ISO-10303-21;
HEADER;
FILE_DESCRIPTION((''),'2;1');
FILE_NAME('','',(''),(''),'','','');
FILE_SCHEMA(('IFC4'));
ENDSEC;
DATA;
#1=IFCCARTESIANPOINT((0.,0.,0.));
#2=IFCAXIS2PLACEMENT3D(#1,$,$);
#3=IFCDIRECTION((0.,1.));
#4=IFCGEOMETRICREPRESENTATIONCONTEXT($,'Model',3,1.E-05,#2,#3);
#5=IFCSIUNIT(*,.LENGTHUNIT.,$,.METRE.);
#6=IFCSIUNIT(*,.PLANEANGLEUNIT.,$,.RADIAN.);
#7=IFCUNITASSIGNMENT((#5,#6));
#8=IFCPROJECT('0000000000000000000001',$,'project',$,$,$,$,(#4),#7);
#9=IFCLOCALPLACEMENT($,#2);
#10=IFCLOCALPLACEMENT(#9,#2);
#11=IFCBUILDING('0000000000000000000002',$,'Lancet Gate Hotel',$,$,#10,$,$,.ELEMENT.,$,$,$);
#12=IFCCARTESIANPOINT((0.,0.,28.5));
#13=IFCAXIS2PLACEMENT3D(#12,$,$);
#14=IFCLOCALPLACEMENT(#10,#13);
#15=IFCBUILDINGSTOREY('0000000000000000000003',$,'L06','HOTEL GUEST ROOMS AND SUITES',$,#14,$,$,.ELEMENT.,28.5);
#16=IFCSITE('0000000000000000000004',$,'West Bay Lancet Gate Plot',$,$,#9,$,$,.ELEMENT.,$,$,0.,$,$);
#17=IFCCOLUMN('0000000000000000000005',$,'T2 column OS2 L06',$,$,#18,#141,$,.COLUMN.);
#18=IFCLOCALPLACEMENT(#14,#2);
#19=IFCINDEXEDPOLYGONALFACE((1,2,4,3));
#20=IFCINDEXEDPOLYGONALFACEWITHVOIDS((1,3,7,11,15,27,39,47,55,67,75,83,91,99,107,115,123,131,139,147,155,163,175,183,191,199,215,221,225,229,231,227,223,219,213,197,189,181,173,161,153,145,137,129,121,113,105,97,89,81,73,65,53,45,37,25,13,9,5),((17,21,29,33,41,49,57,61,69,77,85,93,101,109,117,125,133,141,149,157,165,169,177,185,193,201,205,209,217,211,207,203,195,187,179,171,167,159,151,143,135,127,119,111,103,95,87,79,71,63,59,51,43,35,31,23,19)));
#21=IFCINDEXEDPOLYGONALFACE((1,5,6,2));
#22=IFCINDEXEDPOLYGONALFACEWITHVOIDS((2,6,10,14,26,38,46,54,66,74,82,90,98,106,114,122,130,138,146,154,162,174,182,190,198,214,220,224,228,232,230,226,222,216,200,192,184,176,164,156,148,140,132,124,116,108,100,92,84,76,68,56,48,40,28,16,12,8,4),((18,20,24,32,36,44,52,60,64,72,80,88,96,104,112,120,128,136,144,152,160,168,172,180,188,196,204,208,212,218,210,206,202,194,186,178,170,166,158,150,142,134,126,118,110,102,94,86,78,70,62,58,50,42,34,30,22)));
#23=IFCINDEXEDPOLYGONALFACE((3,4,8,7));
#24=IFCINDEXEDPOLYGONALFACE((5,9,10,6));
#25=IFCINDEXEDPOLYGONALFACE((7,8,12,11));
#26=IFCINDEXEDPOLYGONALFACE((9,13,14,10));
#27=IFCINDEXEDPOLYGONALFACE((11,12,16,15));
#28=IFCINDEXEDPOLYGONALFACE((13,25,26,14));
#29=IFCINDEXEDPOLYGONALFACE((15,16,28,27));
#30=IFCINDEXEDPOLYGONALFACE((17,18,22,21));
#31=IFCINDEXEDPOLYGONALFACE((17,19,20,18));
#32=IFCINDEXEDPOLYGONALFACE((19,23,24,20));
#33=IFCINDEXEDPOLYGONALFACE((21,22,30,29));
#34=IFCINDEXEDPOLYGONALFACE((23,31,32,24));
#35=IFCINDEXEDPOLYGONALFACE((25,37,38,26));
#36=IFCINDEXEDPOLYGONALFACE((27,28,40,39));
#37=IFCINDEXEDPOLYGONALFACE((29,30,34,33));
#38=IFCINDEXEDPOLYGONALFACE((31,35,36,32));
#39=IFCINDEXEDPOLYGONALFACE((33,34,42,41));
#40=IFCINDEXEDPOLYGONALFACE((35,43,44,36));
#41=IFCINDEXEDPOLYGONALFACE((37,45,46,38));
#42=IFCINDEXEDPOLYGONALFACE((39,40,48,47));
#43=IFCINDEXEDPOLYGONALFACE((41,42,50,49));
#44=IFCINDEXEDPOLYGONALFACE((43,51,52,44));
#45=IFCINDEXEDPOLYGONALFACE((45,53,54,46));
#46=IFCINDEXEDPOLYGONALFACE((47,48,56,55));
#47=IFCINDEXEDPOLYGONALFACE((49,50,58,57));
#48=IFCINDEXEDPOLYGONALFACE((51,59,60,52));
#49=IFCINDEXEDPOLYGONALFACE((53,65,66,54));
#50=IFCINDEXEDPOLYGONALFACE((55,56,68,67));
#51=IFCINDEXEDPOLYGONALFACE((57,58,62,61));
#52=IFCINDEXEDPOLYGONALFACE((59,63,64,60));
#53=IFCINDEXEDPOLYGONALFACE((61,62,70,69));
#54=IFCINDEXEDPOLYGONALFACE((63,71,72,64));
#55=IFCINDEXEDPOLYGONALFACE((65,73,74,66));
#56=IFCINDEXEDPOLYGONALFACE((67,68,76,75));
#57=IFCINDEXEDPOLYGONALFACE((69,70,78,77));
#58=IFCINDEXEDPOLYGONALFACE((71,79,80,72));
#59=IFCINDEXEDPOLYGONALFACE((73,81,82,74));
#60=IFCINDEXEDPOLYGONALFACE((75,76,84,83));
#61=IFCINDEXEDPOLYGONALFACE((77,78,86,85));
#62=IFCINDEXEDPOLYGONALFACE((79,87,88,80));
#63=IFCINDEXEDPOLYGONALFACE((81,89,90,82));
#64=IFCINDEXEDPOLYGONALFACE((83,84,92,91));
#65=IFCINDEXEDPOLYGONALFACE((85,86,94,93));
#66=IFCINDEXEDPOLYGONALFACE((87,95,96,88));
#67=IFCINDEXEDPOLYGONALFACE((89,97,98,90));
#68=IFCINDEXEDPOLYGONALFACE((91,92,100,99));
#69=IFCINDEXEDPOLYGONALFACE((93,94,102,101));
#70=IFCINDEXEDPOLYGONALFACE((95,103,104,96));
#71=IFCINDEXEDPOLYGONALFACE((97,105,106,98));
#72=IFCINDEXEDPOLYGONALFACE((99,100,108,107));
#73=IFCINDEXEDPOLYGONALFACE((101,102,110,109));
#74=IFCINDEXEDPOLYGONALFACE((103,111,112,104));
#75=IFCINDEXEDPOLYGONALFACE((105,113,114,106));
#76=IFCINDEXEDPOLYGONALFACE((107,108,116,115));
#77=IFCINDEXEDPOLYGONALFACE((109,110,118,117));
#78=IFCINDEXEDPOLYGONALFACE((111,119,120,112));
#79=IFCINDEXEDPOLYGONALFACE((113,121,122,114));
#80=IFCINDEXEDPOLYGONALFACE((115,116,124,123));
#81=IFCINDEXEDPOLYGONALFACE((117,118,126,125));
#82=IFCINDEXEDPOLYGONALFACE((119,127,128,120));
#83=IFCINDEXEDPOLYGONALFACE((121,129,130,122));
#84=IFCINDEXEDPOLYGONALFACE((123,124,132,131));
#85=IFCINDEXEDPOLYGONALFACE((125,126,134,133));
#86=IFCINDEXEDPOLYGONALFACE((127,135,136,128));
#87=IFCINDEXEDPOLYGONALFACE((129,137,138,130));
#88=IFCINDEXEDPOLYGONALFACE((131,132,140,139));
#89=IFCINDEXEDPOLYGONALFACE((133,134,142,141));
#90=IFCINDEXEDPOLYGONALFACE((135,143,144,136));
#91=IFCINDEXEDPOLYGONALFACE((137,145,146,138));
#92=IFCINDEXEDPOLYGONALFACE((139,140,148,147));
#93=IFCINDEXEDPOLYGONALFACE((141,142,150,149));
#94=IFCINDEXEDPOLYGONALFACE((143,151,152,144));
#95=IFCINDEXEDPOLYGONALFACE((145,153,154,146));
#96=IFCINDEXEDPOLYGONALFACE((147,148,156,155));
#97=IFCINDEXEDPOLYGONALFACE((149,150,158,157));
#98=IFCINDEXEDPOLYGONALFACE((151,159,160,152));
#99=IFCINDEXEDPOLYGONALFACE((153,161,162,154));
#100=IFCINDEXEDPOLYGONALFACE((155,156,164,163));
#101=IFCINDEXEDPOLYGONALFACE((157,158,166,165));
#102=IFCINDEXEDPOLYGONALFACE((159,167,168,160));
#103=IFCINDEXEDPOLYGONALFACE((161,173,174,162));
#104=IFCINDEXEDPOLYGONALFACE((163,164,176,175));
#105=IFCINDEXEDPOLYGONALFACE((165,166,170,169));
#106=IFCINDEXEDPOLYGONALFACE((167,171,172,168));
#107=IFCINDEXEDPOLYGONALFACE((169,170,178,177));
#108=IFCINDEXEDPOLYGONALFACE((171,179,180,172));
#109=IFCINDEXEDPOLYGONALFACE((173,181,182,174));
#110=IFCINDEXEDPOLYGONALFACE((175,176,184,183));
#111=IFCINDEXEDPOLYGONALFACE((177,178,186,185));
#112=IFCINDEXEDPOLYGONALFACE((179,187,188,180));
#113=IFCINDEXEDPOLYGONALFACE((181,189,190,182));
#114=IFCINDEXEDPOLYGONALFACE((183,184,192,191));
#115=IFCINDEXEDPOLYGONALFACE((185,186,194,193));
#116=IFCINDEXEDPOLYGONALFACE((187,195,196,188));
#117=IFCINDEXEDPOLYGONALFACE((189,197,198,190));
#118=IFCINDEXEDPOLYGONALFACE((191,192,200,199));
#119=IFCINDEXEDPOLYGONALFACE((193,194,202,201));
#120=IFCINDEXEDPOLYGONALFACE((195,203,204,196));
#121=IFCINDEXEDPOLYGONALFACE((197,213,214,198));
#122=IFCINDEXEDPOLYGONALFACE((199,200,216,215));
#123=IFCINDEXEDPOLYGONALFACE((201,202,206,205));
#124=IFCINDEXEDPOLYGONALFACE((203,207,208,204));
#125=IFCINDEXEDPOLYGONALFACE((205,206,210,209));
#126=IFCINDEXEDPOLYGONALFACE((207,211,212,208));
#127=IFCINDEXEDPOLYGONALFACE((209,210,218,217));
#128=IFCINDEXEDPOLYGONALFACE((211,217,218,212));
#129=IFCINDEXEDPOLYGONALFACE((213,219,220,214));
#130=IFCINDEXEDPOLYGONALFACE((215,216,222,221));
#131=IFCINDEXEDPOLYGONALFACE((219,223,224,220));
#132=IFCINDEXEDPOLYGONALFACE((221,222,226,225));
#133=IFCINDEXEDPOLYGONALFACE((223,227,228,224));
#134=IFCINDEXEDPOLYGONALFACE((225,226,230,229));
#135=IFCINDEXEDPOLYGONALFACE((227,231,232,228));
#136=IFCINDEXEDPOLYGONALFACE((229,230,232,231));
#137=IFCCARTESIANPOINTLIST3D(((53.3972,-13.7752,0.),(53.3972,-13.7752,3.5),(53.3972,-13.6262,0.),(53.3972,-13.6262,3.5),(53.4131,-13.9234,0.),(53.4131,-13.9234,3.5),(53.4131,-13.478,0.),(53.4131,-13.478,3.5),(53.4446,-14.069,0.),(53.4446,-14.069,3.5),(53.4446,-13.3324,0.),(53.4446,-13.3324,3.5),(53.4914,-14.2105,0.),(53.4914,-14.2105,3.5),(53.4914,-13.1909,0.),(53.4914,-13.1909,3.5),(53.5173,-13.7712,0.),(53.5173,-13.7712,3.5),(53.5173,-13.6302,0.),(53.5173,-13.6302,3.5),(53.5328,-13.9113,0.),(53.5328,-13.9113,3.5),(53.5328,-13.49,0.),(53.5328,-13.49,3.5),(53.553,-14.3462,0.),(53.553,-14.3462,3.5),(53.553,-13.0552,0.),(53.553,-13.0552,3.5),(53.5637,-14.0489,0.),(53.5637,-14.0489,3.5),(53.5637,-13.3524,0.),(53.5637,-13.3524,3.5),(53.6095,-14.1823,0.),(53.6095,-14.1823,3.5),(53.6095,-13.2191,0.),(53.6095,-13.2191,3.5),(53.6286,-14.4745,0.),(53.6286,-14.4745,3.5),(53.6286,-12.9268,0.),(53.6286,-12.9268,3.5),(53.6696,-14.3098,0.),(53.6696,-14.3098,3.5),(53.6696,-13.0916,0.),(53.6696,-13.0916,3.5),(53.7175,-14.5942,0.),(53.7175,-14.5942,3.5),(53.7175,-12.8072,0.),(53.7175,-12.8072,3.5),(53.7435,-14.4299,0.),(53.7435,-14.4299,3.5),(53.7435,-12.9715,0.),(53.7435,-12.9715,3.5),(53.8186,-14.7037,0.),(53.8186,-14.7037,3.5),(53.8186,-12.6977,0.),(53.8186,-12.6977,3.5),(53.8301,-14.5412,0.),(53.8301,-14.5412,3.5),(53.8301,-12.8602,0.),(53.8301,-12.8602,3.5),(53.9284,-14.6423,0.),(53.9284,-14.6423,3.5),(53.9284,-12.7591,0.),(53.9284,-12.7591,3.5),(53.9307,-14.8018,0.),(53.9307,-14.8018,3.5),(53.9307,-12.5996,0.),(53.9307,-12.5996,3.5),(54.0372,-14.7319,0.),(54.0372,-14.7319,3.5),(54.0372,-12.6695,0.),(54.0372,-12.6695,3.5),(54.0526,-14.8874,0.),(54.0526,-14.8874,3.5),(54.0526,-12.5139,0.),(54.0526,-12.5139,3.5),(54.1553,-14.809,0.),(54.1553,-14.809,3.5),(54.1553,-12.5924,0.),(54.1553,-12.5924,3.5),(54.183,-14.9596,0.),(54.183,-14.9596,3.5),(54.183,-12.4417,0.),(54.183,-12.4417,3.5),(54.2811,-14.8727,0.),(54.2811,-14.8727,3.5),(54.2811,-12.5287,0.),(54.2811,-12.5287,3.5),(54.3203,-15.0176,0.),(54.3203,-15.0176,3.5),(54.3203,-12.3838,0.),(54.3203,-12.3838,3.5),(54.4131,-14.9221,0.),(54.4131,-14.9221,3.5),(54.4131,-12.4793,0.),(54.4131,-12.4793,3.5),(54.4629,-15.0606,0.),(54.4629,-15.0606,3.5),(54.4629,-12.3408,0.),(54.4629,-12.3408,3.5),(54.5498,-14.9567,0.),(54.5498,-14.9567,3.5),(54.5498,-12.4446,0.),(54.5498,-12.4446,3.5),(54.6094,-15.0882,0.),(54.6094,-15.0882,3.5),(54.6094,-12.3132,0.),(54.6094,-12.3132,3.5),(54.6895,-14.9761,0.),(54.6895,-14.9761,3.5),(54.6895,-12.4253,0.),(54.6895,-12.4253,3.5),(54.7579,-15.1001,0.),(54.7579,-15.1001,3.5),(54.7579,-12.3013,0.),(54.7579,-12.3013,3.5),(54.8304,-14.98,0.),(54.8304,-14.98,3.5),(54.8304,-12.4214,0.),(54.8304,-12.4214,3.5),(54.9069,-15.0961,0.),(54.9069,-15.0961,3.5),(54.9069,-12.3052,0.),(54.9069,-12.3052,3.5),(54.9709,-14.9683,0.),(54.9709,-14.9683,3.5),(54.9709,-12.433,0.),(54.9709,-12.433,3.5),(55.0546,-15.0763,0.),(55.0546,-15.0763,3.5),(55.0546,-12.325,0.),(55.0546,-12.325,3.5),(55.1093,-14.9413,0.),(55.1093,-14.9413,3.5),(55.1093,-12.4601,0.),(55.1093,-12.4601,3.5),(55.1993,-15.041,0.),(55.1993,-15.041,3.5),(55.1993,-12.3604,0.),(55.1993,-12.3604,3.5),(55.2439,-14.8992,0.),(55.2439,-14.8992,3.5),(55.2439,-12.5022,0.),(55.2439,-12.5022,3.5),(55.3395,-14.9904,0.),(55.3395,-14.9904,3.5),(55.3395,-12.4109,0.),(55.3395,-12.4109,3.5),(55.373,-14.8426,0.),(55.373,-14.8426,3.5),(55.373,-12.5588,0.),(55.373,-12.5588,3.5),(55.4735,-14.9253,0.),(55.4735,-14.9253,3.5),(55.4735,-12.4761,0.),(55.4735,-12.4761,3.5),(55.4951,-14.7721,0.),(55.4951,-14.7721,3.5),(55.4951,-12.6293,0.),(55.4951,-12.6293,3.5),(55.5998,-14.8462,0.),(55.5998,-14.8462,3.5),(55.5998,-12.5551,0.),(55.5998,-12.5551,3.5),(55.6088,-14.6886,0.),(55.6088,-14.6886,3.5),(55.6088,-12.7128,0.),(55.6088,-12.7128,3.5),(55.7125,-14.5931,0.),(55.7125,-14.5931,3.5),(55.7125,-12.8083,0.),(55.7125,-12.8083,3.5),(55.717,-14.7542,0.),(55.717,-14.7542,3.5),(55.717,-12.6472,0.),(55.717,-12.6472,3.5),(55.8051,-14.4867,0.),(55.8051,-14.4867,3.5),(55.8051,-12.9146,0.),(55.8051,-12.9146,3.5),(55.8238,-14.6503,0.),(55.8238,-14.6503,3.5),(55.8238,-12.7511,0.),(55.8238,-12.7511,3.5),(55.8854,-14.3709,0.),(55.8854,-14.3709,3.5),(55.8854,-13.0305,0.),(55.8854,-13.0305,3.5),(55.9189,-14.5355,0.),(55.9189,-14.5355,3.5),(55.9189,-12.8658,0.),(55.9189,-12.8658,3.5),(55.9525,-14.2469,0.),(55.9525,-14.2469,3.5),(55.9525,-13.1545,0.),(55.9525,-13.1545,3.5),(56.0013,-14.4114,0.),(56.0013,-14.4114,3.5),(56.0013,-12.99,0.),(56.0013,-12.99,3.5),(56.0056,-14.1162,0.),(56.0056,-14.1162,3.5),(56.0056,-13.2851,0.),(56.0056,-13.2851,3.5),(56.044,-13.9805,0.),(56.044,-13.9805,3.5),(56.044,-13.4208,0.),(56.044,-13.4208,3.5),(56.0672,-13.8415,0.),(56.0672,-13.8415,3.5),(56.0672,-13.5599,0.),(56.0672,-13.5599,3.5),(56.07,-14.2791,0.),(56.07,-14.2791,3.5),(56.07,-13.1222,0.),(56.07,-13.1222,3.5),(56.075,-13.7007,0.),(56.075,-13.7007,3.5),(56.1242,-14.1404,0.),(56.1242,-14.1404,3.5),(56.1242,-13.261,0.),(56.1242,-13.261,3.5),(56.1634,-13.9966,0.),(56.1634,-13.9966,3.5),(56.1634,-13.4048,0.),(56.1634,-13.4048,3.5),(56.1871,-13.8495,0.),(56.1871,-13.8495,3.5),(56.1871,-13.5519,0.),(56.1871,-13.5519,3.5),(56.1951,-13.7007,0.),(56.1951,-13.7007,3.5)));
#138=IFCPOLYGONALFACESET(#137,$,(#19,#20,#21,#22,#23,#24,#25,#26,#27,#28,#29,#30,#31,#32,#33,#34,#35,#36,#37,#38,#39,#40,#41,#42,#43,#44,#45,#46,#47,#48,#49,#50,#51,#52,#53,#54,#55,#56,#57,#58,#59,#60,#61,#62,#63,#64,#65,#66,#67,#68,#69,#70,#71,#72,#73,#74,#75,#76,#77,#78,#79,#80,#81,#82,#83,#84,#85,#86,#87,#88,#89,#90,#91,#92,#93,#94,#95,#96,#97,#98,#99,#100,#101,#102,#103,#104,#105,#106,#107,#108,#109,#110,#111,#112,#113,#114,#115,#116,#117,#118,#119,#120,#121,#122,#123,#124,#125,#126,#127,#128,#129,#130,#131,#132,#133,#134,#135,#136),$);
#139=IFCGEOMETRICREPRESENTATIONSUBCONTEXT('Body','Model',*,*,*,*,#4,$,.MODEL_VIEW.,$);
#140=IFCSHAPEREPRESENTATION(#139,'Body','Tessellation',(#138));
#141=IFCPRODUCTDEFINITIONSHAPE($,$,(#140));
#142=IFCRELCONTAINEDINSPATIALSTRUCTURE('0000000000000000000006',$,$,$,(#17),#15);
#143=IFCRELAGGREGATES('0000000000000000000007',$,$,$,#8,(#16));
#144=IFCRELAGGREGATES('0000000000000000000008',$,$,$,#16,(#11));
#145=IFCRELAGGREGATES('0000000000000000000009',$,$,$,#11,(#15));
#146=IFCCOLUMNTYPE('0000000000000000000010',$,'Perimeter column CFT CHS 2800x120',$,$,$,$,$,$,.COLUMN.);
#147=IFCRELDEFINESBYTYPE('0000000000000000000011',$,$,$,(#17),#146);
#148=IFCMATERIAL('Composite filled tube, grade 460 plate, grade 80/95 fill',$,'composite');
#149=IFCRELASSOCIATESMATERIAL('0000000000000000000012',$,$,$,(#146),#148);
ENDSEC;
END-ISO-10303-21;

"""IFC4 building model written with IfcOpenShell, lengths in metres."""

from ifc_helpers import new_model, si_unit, direction, frame, origin, origin_2d, place, context, subcontext, project, spatial, hollow_circle, extrude, material, material_profile, profile_set, type_object, element, save


model = new_model("IFC4")

# Units and contexts
model_context = context("Model", 3, precision=1e-05, world=origin(), true_north=direction((0.0, 1.0)))
body_context = subcontext(model_context, "Body", "Model", "MODEL_VIEW")
ifc_project = project(units=[si_unit("LENGTHUNIT", "METRE"), si_unit("PLANEANGLEUNIT", "RADIAN")], contexts=[model_context])

# Site, building, storey
site_placement = place(None, origin())
site = spatial("IfcSite", under=ifc_project, at=site_placement, Name="West Bay Lancet Gate Plot", CompositionType="ELEMENT", RefElevation=0.0)
building_placement = place(site_placement, origin())
building = spatial("IfcBuilding", under=site, at=building_placement, Name="Lancet Gate Hotel", CompositionType="ELEMENT")
storey_placement = place(building_placement, frame((0.0, 0.0, 28.5)))
storey = spatial("IfcBuildingStorey", under=building, at=storey_placement, Name="L06", Description="HOTEL GUEST ROOMS AND SUITES", CompositionType="ELEMENT", Elevation=28.5)

# Column
ifc_material_1 = material(Name="Composite filled tube, grade 460 plate, grade 80/95 fill", Category="composite")
ifc_material_profile_1 = material_profile(ifc_material_1, hollow_circle(Radius=1.3999, WallThickness=0.1201, at=origin_2d()), Name="CHS 2800x120")
ifc_profile_set_1 = profile_set([ifc_material_profile_1], Name="Composite filled tube, grade 460 plate, grade 80/95 fill")
column_type = type_object("IfcColumnType", Name="Perimeter column CFT CHS 2800x120", PredefinedType="COLUMN", material=ifc_profile_set_1)
for number, where, z_axis, x_axis, name in (
    (1, (54.7952, -13.7007, 0.0), (0.0, 0.0, 1.0), (1.0, 0.0, 0.0), "T2 column OS2 L06"),
):
    element("IfcColumn", number, at=place(storey_placement, frame(where, z_axis=z_axis, x_axis=x_axis)), inside=storey, type_object=column_type, Name=name, PredefinedType="COLUMN", context=body_context, shape_type="SweptSolid", body=[
        extrude(hollow_circle(Radius=1.3999, WallThickness=0.1201, at=origin_2d()), origin(), (0.0, 0.0, 1.0), 3.5),
    ])

save(model, "model.ifc")
